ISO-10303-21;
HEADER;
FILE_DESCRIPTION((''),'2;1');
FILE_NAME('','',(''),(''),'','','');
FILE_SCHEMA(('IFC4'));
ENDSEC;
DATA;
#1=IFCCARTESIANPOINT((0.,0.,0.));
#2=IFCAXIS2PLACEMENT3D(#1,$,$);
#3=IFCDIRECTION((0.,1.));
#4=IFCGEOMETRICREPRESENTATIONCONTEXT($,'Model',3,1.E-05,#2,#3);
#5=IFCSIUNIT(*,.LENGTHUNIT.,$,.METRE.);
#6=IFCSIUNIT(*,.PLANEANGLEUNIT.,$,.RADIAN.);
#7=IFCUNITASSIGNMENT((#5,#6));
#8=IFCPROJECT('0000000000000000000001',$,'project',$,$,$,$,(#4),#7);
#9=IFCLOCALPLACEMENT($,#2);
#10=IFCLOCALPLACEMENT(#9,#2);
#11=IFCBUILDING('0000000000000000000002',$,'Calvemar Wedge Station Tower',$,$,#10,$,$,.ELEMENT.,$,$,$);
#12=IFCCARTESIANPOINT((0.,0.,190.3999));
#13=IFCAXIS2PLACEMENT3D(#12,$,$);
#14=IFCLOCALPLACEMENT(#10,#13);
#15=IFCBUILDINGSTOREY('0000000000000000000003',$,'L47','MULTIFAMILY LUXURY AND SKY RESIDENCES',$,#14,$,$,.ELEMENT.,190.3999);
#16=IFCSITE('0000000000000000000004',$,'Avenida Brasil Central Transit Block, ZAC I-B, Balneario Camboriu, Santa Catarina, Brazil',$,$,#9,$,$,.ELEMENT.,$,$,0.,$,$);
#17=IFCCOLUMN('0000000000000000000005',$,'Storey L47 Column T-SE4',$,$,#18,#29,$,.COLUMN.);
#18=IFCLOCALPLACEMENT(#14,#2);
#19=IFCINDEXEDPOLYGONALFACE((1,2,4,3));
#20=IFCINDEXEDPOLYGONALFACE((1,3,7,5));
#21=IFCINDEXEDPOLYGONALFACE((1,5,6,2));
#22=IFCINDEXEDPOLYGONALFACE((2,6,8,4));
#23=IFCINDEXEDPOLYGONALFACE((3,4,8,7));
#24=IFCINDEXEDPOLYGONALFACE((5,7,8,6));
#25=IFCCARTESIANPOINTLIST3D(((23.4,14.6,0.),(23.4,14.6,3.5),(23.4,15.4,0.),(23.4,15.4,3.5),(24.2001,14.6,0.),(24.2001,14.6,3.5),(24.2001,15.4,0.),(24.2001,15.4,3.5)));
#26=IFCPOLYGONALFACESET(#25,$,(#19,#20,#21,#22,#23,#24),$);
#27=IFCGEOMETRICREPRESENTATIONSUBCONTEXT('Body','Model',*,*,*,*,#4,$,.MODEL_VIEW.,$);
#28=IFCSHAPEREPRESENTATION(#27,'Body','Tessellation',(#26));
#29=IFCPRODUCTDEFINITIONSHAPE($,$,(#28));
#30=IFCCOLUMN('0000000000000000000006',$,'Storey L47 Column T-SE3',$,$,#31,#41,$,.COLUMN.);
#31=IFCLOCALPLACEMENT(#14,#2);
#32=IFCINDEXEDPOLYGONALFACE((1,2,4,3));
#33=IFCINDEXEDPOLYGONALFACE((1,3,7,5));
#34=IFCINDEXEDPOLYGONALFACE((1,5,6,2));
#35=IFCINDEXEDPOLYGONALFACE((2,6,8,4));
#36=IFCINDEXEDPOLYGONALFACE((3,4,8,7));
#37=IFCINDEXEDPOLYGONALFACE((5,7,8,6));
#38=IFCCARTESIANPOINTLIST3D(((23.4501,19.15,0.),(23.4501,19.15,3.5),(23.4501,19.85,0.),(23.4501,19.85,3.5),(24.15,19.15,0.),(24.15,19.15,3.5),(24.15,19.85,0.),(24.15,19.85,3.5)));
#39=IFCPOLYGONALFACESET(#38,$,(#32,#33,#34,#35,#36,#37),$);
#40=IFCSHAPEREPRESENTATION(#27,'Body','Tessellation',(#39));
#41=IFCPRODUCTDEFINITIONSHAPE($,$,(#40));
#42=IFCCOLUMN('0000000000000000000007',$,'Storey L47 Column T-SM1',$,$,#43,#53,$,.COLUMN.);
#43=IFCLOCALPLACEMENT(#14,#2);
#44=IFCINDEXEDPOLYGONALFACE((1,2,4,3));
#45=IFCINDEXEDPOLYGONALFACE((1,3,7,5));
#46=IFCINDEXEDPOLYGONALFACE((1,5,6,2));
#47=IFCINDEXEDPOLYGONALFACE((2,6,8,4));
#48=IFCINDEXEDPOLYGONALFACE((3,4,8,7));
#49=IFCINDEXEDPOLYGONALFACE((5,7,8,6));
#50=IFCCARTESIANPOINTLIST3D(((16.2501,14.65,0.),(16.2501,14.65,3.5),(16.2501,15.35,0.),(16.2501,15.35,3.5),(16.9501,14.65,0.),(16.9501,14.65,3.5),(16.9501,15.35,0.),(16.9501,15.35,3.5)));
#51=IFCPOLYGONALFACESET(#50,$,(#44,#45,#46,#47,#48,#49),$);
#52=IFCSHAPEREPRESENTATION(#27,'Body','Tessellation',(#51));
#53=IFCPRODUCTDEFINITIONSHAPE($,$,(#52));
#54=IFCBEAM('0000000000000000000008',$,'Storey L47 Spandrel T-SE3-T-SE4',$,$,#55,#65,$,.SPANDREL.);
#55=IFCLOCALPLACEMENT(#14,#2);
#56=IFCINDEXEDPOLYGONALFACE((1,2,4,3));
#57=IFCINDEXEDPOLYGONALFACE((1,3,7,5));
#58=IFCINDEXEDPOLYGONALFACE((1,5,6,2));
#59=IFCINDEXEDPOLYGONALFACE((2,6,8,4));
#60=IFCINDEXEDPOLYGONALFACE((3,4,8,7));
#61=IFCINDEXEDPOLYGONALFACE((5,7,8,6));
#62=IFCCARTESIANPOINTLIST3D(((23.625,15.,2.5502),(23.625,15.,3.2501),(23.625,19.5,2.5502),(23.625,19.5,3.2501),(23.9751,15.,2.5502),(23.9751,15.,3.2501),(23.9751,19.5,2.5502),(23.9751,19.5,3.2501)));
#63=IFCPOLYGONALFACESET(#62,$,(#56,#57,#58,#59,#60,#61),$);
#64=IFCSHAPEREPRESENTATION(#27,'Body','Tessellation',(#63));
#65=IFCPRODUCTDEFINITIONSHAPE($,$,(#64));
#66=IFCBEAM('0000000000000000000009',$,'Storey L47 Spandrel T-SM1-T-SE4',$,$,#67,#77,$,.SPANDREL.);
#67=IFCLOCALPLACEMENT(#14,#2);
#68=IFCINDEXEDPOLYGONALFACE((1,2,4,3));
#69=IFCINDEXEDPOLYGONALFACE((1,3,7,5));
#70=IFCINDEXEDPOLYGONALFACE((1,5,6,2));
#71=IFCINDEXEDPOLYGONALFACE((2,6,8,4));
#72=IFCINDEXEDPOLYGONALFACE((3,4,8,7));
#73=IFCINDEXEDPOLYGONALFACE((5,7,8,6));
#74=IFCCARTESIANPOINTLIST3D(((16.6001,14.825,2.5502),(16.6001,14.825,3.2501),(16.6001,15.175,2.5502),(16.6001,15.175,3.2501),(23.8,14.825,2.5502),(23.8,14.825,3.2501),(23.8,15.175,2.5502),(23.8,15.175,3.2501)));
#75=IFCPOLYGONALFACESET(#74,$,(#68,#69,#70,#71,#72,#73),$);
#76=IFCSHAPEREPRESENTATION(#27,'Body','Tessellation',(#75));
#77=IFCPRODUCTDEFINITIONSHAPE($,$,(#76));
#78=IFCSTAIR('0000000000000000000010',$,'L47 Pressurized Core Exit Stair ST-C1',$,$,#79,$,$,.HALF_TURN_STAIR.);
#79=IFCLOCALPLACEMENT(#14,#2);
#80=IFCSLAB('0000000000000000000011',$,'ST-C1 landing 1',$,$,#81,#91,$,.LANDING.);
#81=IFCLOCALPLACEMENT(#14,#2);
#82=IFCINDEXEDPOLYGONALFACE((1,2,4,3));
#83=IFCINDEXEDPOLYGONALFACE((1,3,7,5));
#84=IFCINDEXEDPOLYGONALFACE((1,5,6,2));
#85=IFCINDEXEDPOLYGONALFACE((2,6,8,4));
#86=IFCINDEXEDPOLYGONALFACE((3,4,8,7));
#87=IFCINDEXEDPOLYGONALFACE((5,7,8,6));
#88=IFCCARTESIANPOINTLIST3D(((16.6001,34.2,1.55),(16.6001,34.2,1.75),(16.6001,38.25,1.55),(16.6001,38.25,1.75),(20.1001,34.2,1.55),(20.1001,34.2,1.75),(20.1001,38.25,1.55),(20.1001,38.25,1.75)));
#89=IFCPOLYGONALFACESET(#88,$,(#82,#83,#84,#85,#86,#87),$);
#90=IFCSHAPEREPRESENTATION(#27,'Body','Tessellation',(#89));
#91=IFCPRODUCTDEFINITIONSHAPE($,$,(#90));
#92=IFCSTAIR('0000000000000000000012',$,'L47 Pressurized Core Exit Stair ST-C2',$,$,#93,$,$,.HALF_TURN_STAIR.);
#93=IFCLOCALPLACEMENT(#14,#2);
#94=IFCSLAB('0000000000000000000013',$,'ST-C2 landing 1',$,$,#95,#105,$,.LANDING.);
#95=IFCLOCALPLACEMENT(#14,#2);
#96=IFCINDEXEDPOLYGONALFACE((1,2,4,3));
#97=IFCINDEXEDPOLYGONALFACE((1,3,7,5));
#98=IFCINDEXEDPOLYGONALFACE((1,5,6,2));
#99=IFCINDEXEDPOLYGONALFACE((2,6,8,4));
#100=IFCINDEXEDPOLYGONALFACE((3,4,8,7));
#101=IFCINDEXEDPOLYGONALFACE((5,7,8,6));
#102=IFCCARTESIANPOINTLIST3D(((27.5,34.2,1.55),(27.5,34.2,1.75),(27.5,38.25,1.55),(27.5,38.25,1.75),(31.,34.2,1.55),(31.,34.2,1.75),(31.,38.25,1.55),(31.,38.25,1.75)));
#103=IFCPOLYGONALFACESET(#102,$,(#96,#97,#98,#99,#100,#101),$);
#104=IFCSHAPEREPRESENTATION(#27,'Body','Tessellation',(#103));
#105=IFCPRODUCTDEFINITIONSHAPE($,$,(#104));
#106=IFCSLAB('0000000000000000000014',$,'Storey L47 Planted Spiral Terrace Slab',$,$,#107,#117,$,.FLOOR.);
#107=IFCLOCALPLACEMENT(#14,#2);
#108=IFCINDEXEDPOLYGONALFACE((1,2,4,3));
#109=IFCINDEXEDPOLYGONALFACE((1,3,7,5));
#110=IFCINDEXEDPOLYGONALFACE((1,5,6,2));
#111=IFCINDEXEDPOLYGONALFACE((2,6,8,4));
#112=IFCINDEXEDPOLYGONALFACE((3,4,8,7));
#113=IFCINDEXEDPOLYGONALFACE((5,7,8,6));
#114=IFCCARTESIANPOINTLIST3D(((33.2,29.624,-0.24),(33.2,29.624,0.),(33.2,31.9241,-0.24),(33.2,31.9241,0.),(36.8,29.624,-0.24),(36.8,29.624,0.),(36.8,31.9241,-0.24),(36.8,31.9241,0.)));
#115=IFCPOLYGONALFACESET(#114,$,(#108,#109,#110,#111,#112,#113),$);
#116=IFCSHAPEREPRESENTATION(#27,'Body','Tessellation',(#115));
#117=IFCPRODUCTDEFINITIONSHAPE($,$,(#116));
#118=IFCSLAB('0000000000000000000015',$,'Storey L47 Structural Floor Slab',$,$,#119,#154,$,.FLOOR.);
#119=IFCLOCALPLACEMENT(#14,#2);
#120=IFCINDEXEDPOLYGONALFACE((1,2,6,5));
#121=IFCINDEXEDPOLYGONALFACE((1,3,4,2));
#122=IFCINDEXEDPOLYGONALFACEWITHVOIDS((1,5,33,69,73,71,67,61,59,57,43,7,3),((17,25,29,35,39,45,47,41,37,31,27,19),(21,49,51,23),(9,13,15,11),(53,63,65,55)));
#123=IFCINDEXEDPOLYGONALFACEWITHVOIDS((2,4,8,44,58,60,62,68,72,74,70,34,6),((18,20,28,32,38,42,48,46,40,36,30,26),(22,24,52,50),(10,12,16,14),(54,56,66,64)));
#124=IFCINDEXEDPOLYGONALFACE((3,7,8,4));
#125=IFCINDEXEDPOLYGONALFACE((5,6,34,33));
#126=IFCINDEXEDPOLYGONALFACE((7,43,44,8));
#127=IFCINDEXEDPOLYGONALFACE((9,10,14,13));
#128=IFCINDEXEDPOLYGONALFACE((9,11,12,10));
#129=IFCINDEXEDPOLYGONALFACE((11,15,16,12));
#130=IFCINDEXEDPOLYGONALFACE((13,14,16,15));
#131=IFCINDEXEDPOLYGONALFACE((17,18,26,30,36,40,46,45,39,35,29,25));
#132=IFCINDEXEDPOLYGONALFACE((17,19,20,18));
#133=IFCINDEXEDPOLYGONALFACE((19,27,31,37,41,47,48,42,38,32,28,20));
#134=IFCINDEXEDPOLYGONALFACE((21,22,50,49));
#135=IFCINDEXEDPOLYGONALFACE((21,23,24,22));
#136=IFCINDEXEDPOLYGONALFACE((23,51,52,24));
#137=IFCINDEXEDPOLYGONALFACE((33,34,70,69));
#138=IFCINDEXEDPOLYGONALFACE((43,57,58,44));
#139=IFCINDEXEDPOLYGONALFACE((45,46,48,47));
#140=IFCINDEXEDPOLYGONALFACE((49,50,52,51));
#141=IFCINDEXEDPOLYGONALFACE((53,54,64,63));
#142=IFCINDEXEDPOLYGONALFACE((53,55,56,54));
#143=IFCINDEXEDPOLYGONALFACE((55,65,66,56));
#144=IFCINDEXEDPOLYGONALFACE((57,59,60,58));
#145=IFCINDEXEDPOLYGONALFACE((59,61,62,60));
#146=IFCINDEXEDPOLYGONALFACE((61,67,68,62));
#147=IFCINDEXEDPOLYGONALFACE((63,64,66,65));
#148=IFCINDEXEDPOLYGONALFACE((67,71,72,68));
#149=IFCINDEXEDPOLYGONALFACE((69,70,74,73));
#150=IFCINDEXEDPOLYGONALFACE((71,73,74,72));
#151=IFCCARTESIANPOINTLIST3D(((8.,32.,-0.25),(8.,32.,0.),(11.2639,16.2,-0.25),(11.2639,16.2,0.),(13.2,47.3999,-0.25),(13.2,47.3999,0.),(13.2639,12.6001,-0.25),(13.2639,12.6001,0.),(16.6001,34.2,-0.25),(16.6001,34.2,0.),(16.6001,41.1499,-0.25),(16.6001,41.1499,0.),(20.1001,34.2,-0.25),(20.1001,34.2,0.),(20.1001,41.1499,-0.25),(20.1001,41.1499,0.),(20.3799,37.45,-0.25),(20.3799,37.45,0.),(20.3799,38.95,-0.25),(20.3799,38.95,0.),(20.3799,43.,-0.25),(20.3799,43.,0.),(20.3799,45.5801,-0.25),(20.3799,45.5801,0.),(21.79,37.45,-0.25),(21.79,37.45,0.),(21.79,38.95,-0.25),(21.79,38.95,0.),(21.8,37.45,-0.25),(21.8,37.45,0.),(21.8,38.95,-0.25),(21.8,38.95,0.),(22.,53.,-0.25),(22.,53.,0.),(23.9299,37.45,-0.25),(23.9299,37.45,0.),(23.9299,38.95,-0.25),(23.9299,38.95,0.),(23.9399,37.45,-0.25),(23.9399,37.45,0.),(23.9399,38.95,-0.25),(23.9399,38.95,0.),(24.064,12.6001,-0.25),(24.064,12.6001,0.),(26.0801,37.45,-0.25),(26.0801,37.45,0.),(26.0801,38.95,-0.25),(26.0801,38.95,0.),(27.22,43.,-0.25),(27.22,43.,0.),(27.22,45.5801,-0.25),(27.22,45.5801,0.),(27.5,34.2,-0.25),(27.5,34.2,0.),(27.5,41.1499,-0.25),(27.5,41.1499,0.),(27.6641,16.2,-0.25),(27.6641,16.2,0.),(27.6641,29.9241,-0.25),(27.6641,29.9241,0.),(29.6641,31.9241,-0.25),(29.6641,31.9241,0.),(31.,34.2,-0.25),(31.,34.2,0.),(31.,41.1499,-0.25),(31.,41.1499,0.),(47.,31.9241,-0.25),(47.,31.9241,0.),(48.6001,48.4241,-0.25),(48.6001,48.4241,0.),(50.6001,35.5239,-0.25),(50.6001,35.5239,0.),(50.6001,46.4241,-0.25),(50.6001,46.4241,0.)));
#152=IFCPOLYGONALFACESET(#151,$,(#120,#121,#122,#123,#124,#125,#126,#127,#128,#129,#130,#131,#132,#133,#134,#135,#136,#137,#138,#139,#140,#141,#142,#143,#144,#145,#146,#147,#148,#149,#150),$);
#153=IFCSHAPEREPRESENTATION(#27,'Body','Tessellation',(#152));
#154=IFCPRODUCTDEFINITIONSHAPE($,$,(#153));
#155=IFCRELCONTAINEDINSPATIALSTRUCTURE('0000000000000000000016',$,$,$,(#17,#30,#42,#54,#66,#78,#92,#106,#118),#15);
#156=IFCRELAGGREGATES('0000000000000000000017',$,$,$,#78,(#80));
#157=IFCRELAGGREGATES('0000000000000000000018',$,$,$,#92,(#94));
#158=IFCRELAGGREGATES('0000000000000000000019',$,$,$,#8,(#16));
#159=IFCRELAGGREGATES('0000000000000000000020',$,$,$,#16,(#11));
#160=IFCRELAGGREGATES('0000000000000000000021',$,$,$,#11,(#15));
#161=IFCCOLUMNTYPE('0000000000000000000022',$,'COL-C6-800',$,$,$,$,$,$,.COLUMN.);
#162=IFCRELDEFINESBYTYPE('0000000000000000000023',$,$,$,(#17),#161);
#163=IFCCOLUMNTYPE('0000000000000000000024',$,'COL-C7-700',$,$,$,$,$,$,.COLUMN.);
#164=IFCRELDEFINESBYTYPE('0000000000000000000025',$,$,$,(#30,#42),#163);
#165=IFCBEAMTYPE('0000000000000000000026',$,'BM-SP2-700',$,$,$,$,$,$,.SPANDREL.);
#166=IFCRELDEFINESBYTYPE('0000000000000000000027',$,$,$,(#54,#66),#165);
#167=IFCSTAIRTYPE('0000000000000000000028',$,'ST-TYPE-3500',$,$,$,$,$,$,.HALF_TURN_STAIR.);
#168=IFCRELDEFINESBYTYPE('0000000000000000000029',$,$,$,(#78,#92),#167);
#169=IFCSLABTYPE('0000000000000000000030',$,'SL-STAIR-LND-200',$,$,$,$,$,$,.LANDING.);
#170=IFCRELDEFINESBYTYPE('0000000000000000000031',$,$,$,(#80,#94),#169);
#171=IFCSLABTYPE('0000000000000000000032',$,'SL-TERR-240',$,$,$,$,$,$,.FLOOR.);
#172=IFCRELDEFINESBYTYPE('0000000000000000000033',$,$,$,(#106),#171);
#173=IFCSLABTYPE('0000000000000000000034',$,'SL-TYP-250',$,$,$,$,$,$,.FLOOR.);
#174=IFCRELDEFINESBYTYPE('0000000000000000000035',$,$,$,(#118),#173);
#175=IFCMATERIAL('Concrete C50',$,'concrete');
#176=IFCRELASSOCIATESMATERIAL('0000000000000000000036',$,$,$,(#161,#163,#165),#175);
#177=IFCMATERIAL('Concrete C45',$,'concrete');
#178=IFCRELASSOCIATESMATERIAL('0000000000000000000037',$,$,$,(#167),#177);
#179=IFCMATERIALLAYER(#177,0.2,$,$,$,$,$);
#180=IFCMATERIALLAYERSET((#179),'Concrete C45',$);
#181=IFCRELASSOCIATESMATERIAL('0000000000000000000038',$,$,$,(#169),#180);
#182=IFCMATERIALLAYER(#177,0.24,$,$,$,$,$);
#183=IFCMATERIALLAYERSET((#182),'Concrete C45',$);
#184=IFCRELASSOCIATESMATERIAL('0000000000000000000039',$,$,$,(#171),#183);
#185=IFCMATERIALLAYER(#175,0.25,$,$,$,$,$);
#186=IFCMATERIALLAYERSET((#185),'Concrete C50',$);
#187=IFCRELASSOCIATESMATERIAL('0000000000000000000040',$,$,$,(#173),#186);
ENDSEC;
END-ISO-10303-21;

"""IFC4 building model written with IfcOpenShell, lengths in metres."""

from ifc_helpers import new_model, si_unit, direction, frame, origin, origin_2d, place, context, subcontext, project, spatial, polyline, rectangle, outline, extrude, source, transform, mapped, material, layer, layer_set, material_profile, profile_set, type_object, element, aggregate, save


model = new_model("IFC4")

# Units and contexts
model_context = context("Model", 3, precision=1e-05, world=origin(), true_north=direction((0.0, 1.0)))
body_context = subcontext(model_context, "Body", "Model", "MODEL_VIEW")
ifc_project = project(units=[si_unit("LENGTHUNIT", "METRE"), si_unit("PLANEANGLEUNIT", "RADIAN")], contexts=[model_context])

# Site, building, storey
site_placement = place(None, origin())
site = spatial("IfcSite", under=ifc_project, at=site_placement, Name="Avenida Brasil Central Transit Block, ZAC I-B, Balneario Camboriu, Santa Catarina, Brazil", CompositionType="ELEMENT", RefElevation=0.0)
building_placement = place(site_placement, origin())
building = spatial("IfcBuilding", under=site, at=building_placement, Name="Calvemar Wedge Station Tower", CompositionType="ELEMENT")
storey_placement = place(building_placement, frame((0.0, 0.0, 190.3999)))
storey = spatial("IfcBuildingStorey", under=building, at=storey_placement, Name="L47", Description="MULTIFAMILY LUXURY AND SKY RESIDENCES", CompositionType="ELEMENT", Elevation=190.3999)

# Columns
ifc_material_1 = material(Name="Concrete C50", Category="concrete")
ifc_material_profile_1 = material_profile(ifc_material_1, rectangle(XDim=0.8, YDim=0.8, at=origin_2d()), Name="RC800x800")
ifc_profile_set_1 = profile_set([ifc_material_profile_1], Name="Concrete C50")
column_type_1 = type_object("IfcColumnType", Name="COL-C6-800", PredefinedType="COLUMN", material=ifc_profile_set_1)
shared_shape_1 = source(origin(), body_context, "Body", "SweptSolid", [
    extrude(rectangle(XDim=0.8, YDim=0.8, at=origin_2d()), origin(), (0.0, 0.0, 1.0), 3.5),
])
column_placement = place(storey_placement, frame((23.8, 15.0, 0.0), z_axis=(0.0, 0.0, 1.0), x_axis=(1.0, 0.0, 0.0)))
element("IfcColumn", 1, at=column_placement, inside=storey, type_object=column_type_1, Name="Storey L47 Column T-SE4", PredefinedType="COLUMN", context=body_context, shape_type="MappedRepresentation", body=[
    mapped(shared_shape_1, transform((0.0, 0.0, 0.0), scale=1.0)),
])
ifc_material_profile_2 = material_profile(ifc_material_1, rectangle(XDim=0.7, YDim=0.7, at=origin_2d()), Name="RC700x700")
ifc_profile_set_2 = profile_set([ifc_material_profile_2], Name="Concrete C50")
column_type_2 = type_object("IfcColumnType", Name="COL-C7-700", PredefinedType="COLUMN", material=ifc_profile_set_2)
shared_shape_2 = source(origin(), body_context, "Body", "SweptSolid", [
    extrude(rectangle(XDim=0.7, YDim=0.7, at=origin_2d()), origin(), (0.0, 0.0, 1.0), 3.5),
])
for number, where, z_axis, x_axis, name in (
    (2, (23.8, 19.5, 0.0), (0.0, 0.0, 1.0), (1.0, 0.0, 0.0), "Storey L47 Column T-SE3"),
    (3, (16.6001, 15.0, 0.0), (0.0, 0.0, 1.0), (1.0, 0.0, 0.0), "Storey L47 Column T-SM1"),
):
    element("IfcColumn", number, at=place(storey_placement, frame(where, z_axis=z_axis, x_axis=x_axis)), inside=storey, type_object=column_type_2, Name=name, PredefinedType="COLUMN", context=body_context, shape_type="MappedRepresentation", body=[
        mapped(shared_shape_2, transform((0.0, 0.0, 0.0), scale=1.0)),
    ])

# Beams
ifc_material_profile_3 = material_profile(ifc_material_1, rectangle(XDim=0.3501, YDim=0.7, at=origin_2d()), Name="RC350x700")
ifc_profile_set_3 = profile_set([ifc_material_profile_3], Name="Concrete C50")
beam_type = type_object("IfcBeamType", Name="BM-SP2-700", PredefinedType="SPANDREL", material=ifc_profile_set_3)
shared_shape_3 = source(origin(), body_context, "Body", "SweptSolid", [
    extrude(rectangle(XDim=0.3501, YDim=0.7, at=origin_2d()), origin(), (0.0, 0.0, 1.0), 4.5),
])
beam_1_placement = place(storey_placement, frame((23.8, 19.5, 2.9001), z_axis=(0.0, -1.0, 0.0), x_axis=(1.0, 0.0, 0.0)))
element("IfcBeam", 4, at=beam_1_placement, inside=storey, type_object=beam_type, Name="Storey L47 Spandrel T-SE3-T-SE4", PredefinedType="SPANDREL", context=body_context, shape_type="MappedRepresentation", body=[
    mapped(shared_shape_3, transform((0.0, 0.0, 0.0), scale=1.0)),
])
shared_shape_4 = source(origin(), body_context, "Body", "SweptSolid", [
    extrude(rectangle(XDim=0.3501, YDim=0.7, at=origin_2d()), origin(), (0.0, 0.0, 1.0), 7.2),
])
beam_2_placement = place(storey_placement, frame((16.6001, 15.0, 2.9001), z_axis=(1.0, 0.0, 0.0), x_axis=(0.0, 1.0, 0.0)))
element("IfcBeam", 5, at=beam_2_placement, inside=storey, type_object=beam_type, Name="Storey L47 Spandrel T-SM1-T-SE4", PredefinedType="SPANDREL", context=body_context, shape_type="MappedRepresentation", body=[
    mapped(shared_shape_4, transform((0.0, 0.0, 0.0), scale=1.0)),
])

# Stairs, slabs
ifc_material_2 = material(Name="Concrete C45", Category="concrete")
stair_type = type_object("IfcStairType", Name="ST-TYPE-3500", PredefinedType="HALF_TURN_STAIR", material=ifc_material_2)
stair_1_placement = place(storey_placement, origin())
stair_1 = element("IfcStair", 6, at=stair_1_placement, inside=storey, type_object=stair_type, Name="L47 Pressurized Core Exit Stair ST-C1", PredefinedType="HALF_TURN_STAIR")
ifc_layer_1 = layer(ifc_material_2, 0.2)
ifc_layer_set_1 = layer_set([ifc_layer_1], Name="Concrete C45")
slab_type_1 = type_object("IfcSlabType", Name="SL-STAIR-LND-200", PredefinedType="LANDING", material=ifc_layer_set_1)
slab_1_placement = place(storey_placement, frame((0.0, 0.0, 1.55)))
slab_1 = element("IfcSlab", 7, at=slab_1_placement, type_object=slab_type_1, Name="ST-C1 landing 1", PredefinedType="LANDING", context=body_context, shape_type="SweptSolid", body=[
    extrude(outline(polyline([(16.6001, 38.25), (16.6001, 34.2), (20.1001, 34.2), (20.1001, 38.25), (16.6001, 38.25)])), origin(), (0.0, 0.0, 1.0), 0.2),
])
aggregate(stair_1, [slab_1])
stair_2_placement = place(storey_placement, origin())
stair_2 = element("IfcStair", 8, at=stair_2_placement, inside=storey, type_object=stair_type, Name="L47 Pressurized Core Exit Stair ST-C2", PredefinedType="HALF_TURN_STAIR")
slab_2_placement = place(storey_placement, frame((0.0, 0.0, 1.55)))
slab_2 = element("IfcSlab", 9, at=slab_2_placement, type_object=slab_type_1, Name="ST-C2 landing 1", PredefinedType="LANDING", context=body_context, shape_type="SweptSolid", body=[
    extrude(outline(polyline([(27.5, 38.25), (27.5, 34.2), (31.0, 34.2), (31.0, 38.25), (27.5, 38.25)])), origin(), (0.0, 0.0, 1.0), 0.2),
])
aggregate(stair_2, [slab_2])

# Slabs
ifc_layer_2 = layer(ifc_material_2, 0.24)
ifc_layer_set_2 = layer_set([ifc_layer_2], Name="Concrete C45")
slab_type_2 = type_object("IfcSlabType", Name="SL-TERR-240", PredefinedType="FLOOR", material=ifc_layer_set_2)
slab_3_placement = place(storey_placement, frame((0.0, 0.0, -0.24)))
element("IfcSlab", 10, at=slab_3_placement, inside=storey, type_object=slab_type_2, Name="Storey L47 Planted Spiral Terrace Slab", PredefinedType="FLOOR", context=body_context, shape_type="SweptSolid", body=[
    extrude(outline(polyline([(33.2, 31.9241), (33.2, 29.624), (36.8, 29.624), (36.8, 31.9241), (33.2, 31.9241)])), origin(), (0.0, 0.0, 1.0), 0.24),
])
ifc_layer_3 = layer(ifc_material_1, 0.25)
ifc_layer_set_3 = layer_set([ifc_layer_3], Name="Concrete C50")
slab_type_3 = type_object("IfcSlabType", Name="SL-TYP-250", PredefinedType="FLOOR", material=ifc_layer_set_3)
slab_4_placement = place(storey_placement, frame((0.0, 0.0, -0.25)))
element("IfcSlab", 11, at=slab_4_placement, inside=storey, type_object=slab_type_3, Name="Storey L47 Structural Floor Slab", PredefinedType="FLOOR", context=body_context, shape_type="SweptSolid", body=[
    extrude(outline(polyline([(8.0, 32.0), (11.2639, 16.2), (13.2639, 12.6001), (24.064, 12.6001), (27.6641, 16.2), (27.6641, 29.9241), (29.6641, 31.9241), (47.0, 31.9241), (50.6001, 35.5239), (50.6001, 46.4241), (48.6001, 48.4241), (22.0, 53.0), (13.2, 47.3999), (8.0, 32.0)]), holes=[polyline([(20.1001, 34.2), (20.1001, 41.1499), (16.6001, 41.1499), (16.6001, 34.2), (20.1001, 34.2)]), polyline([(27.5, 34.2), (31.0, 34.2), (31.0, 41.1499), (27.5, 41.1499), (27.5, 34.2)]), polyline([(21.8, 37.45), (23.9299, 37.45), (23.9399, 37.45), (26.0801, 37.45), (26.0801, 38.95), (23.9399, 38.95), (23.9299, 38.95), (21.8, 38.95), (21.79, 38.95), (20.3799, 38.95), (20.3799, 37.45), (21.79, 37.45), (21.8, 37.45)]), polyline([(27.22, 43.0), (27.22, 45.5801), (20.3799, 45.5801), (20.3799, 43.0), (27.22, 43.0)])]), origin(), (0.0, 0.0, 1.0), 0.25),
])

save(model, "model.ifc")
